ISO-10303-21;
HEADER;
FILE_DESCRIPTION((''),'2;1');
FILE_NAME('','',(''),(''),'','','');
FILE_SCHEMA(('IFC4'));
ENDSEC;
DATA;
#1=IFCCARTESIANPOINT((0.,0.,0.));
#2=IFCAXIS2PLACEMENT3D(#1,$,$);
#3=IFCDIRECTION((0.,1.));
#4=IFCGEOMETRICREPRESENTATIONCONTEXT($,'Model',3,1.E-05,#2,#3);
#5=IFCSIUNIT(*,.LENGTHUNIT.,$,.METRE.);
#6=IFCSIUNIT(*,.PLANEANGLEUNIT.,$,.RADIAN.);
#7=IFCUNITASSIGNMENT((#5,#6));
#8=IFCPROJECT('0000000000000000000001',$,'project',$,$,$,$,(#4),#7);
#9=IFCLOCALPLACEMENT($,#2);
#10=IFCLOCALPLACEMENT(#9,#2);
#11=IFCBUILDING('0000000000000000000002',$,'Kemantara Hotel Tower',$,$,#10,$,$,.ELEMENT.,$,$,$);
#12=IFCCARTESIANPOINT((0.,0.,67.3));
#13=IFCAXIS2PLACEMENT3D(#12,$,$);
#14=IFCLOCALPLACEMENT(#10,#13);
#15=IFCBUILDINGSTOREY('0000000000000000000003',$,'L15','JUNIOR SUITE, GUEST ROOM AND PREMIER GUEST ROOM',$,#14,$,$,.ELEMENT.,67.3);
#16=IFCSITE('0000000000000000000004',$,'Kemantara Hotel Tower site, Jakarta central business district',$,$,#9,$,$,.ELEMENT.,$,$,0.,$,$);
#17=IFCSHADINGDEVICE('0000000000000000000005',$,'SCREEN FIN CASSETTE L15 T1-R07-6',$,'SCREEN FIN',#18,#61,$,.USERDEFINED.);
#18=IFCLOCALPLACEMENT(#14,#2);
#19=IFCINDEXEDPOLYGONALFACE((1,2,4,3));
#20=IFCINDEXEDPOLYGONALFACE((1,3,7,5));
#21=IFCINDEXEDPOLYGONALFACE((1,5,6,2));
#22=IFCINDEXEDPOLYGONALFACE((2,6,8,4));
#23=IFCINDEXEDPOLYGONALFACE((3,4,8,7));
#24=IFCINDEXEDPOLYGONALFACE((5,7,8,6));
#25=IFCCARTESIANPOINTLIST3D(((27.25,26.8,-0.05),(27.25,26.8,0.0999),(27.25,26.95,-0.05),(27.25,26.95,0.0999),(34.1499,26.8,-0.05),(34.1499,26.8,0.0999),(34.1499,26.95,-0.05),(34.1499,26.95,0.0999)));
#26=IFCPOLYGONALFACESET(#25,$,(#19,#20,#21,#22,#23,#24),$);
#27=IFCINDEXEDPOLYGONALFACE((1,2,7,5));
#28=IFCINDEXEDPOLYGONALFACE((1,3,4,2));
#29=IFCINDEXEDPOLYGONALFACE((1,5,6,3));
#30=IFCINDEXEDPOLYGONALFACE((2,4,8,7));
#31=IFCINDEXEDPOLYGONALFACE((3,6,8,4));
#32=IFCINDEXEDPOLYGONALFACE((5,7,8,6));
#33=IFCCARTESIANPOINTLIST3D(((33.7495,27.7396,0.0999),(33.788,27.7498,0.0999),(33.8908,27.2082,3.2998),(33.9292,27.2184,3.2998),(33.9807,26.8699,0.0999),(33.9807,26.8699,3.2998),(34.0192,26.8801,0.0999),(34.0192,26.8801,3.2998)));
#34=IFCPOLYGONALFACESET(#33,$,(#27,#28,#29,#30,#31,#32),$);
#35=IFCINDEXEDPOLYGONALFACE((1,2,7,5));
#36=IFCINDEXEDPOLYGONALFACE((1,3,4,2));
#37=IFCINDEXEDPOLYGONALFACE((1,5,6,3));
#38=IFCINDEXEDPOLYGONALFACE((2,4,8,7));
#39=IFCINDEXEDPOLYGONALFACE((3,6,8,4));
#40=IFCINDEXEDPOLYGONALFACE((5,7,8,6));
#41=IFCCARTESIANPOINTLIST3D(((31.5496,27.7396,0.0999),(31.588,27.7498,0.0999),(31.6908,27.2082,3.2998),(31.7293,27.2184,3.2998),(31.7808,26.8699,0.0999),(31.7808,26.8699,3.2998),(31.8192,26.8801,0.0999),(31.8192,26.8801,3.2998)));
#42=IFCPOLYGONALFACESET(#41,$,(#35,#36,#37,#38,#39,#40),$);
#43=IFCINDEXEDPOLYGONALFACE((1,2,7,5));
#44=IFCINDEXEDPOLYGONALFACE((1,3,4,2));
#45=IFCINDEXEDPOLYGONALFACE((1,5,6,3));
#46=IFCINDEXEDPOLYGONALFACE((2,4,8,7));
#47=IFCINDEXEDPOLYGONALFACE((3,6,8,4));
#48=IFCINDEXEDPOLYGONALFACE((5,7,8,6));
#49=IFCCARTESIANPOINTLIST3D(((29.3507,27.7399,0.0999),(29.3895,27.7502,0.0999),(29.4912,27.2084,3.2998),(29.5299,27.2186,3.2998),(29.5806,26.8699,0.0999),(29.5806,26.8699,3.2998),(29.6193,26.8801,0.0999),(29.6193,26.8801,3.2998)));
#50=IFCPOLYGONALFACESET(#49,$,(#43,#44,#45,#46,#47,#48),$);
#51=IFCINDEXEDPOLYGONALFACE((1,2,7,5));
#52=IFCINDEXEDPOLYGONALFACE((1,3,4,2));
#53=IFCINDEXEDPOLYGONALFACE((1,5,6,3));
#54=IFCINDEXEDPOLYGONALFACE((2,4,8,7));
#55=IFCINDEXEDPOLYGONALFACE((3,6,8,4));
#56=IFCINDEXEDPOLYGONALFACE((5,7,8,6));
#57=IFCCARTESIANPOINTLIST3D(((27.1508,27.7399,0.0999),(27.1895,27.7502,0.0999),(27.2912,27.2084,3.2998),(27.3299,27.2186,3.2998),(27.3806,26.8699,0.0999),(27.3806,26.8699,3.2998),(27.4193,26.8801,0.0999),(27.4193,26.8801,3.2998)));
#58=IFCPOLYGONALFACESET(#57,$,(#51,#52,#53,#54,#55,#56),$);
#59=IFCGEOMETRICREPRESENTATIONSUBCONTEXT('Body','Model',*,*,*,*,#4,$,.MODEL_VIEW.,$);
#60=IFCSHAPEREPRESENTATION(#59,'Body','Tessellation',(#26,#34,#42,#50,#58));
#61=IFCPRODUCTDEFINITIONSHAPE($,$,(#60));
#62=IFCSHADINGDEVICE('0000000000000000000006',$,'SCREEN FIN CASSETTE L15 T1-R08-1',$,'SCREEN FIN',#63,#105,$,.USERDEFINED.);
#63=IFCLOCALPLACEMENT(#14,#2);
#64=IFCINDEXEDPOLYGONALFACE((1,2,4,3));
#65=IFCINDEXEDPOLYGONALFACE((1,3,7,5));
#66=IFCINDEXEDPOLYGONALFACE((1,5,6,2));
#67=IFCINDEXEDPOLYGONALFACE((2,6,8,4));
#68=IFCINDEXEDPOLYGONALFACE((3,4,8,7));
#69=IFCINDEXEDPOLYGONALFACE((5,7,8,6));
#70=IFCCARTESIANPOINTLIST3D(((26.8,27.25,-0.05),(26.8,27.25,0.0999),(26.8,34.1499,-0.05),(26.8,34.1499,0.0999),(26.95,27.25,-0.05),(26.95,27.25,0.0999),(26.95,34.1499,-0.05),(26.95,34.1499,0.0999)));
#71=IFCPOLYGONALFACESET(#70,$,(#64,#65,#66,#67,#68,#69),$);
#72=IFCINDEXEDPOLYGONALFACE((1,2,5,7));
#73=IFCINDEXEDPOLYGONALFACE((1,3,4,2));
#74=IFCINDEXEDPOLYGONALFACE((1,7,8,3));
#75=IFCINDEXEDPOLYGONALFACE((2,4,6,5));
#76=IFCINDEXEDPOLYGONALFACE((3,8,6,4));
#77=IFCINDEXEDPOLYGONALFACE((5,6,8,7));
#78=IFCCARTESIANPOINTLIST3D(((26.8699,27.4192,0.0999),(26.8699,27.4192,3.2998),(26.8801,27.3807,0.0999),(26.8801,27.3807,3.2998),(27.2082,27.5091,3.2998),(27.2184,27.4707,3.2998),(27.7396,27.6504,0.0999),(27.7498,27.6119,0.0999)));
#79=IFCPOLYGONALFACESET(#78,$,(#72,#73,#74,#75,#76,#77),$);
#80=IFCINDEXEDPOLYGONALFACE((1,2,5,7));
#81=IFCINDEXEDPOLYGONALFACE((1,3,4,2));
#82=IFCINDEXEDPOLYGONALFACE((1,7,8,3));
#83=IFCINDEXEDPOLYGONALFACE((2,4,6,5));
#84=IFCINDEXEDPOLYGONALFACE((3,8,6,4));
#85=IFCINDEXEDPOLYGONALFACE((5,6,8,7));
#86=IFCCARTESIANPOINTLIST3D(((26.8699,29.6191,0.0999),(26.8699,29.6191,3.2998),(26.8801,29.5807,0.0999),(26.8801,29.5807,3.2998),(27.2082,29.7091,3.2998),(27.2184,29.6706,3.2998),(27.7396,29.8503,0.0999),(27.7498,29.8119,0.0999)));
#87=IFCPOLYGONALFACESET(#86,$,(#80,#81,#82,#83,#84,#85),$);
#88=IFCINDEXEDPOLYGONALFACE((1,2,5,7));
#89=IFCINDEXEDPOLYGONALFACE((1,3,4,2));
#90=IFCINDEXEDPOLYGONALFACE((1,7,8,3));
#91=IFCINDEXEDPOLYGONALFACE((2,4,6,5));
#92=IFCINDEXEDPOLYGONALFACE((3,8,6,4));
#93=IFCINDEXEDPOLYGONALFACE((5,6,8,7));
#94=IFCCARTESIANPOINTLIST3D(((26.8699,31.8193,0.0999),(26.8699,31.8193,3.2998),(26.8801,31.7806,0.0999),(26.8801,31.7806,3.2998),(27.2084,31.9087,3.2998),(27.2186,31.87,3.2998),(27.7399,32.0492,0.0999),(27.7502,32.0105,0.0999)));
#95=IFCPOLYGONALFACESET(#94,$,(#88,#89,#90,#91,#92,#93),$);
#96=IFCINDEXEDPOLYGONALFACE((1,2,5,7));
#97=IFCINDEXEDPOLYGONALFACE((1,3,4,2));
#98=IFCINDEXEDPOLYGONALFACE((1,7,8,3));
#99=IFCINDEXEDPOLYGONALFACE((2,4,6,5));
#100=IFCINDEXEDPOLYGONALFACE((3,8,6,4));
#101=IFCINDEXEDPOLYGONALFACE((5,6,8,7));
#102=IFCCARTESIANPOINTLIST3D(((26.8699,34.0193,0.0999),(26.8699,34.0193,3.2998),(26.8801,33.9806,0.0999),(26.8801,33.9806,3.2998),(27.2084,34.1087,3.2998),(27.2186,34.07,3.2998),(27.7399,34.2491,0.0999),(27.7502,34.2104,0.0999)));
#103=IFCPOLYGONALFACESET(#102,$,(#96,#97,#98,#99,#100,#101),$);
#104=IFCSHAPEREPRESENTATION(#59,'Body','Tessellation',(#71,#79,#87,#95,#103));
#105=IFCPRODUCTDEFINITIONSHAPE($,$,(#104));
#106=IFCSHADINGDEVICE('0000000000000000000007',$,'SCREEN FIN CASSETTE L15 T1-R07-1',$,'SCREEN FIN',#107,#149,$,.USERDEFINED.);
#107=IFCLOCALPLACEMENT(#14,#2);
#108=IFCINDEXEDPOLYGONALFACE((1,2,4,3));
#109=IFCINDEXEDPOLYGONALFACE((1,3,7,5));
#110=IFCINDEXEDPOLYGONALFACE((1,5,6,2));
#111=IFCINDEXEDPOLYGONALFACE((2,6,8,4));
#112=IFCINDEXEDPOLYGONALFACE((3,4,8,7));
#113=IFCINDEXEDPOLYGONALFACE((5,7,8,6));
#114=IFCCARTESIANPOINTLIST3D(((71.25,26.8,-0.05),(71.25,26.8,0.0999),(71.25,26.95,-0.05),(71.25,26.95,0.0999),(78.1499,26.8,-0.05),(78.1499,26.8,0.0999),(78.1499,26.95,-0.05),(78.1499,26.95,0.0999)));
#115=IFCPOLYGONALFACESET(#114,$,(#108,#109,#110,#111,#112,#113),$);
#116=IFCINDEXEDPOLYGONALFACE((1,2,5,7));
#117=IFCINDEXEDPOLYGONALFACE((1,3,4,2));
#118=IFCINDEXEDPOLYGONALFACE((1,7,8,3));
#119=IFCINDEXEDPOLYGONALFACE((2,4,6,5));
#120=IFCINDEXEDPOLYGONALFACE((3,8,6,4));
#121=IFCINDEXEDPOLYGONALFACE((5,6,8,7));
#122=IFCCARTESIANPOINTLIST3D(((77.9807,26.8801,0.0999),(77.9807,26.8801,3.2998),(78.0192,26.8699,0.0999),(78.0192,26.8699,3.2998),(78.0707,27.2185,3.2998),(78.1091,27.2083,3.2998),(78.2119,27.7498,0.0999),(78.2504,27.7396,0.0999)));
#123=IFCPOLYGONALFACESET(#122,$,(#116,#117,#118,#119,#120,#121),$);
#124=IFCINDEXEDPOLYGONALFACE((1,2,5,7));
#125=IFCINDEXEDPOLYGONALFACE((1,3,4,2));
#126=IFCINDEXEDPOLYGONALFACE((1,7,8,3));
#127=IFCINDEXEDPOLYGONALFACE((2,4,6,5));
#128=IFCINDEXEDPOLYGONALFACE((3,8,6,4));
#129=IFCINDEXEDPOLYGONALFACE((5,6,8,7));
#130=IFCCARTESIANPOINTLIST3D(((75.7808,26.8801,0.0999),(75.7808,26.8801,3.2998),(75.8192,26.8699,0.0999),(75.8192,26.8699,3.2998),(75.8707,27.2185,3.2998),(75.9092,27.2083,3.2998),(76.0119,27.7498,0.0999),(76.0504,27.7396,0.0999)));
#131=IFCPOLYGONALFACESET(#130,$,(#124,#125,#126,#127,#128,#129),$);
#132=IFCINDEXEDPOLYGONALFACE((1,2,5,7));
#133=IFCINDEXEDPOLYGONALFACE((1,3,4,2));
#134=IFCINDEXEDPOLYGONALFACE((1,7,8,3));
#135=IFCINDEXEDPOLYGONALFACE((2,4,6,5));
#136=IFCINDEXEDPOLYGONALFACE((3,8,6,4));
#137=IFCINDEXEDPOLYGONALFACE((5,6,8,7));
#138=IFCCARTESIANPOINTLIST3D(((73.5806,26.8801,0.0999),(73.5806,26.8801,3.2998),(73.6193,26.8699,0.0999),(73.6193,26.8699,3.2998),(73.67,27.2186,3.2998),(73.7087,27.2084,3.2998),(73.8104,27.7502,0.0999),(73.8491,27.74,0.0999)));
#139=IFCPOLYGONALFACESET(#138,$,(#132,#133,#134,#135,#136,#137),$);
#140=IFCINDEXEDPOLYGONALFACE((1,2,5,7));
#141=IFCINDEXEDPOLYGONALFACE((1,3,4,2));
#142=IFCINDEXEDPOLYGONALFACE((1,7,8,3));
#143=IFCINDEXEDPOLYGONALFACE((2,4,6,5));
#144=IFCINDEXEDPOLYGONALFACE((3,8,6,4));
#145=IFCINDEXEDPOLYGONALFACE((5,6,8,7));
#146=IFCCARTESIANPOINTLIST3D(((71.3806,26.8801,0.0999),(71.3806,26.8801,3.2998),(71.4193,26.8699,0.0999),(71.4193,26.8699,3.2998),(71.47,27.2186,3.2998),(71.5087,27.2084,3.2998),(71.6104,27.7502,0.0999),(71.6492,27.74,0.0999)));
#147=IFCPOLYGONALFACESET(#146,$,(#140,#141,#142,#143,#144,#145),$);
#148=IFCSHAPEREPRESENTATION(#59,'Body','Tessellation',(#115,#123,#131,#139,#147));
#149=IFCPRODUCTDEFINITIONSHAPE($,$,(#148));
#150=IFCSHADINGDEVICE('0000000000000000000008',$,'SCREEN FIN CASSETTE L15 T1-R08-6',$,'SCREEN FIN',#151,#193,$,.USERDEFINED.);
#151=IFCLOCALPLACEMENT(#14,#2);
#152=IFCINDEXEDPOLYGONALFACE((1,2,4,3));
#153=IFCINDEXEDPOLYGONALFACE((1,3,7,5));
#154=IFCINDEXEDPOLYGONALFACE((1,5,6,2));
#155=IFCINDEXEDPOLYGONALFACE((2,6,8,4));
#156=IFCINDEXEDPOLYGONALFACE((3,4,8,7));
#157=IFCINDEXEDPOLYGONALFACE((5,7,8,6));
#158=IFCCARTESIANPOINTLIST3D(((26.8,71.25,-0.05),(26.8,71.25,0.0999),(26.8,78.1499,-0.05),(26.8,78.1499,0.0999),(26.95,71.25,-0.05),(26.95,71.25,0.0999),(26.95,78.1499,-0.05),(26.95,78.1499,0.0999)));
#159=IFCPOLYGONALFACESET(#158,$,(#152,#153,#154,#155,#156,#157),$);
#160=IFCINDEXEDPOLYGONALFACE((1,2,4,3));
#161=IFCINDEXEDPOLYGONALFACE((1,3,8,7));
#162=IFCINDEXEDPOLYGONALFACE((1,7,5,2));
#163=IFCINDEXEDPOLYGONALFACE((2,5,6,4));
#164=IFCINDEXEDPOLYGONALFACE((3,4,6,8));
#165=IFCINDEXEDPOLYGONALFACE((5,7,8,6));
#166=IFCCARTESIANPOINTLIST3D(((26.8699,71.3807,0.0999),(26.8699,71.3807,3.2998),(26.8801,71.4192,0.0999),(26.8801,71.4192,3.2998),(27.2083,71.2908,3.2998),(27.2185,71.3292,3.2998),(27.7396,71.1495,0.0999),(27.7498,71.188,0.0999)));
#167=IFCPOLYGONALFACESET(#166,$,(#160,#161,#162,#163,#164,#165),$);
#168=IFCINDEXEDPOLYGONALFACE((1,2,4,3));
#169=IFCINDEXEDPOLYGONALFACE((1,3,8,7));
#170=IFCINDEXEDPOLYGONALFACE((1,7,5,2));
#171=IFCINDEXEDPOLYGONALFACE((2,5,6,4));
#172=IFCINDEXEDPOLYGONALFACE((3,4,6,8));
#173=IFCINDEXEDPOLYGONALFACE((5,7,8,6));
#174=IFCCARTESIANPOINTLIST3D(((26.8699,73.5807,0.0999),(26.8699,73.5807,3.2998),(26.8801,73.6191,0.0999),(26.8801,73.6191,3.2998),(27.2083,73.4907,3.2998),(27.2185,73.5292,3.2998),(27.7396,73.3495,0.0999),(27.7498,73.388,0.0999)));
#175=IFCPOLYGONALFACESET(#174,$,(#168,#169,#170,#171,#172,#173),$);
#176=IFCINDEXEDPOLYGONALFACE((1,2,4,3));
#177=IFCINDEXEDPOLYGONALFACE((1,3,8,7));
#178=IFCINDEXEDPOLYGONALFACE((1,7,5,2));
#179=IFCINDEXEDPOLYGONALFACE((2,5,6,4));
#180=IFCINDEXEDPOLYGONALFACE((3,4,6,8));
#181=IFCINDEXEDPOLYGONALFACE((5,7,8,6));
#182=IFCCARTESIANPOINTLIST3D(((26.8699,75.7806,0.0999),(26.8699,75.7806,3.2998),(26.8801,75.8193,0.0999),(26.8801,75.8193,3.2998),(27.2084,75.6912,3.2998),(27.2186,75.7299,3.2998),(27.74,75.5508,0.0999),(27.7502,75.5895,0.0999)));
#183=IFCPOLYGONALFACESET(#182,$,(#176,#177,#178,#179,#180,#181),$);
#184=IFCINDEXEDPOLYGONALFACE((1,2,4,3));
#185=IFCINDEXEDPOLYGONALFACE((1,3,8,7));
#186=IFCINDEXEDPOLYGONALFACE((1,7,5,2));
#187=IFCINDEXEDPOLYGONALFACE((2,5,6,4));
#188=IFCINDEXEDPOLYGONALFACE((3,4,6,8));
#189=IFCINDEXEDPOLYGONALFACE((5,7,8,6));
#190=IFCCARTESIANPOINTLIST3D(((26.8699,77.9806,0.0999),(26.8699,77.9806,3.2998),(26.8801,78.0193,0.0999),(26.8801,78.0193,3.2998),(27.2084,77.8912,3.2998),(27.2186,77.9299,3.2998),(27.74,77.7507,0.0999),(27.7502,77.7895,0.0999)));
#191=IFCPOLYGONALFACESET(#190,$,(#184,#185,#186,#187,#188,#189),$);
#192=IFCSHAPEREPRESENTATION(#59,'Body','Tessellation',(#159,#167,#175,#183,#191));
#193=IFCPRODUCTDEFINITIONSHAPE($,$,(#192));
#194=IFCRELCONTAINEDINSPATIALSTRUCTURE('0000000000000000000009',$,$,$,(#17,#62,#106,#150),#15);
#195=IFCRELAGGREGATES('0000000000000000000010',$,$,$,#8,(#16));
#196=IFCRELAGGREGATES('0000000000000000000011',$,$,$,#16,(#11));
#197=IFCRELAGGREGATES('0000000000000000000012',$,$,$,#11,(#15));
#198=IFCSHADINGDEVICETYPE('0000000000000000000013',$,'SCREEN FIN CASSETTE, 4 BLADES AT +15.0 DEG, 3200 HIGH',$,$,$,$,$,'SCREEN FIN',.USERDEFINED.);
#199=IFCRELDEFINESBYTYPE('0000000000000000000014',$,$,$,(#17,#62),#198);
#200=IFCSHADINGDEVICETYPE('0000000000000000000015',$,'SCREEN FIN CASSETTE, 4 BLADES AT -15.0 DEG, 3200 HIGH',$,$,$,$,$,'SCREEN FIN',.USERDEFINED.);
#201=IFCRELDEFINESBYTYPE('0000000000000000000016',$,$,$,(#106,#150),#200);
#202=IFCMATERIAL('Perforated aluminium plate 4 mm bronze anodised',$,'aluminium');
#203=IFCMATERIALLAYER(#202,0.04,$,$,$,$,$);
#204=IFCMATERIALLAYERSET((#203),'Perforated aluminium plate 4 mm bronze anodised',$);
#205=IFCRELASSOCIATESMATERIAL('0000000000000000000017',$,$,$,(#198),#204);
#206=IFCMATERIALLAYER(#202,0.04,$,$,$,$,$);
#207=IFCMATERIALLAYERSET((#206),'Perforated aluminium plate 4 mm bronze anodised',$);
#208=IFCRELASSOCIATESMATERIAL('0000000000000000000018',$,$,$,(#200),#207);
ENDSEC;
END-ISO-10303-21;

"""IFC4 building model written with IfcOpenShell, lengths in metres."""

from ifc_helpers import new_model, si_unit, direction, frame, origin, origin_2d, place, context, subcontext, project, spatial, polyline, rectangle, outline, extrude, source, transform, mapped, material, layer, layer_set, type_object, element, save


model = new_model("IFC4")

# Units and contexts
model_context = context("Model", 3, precision=1e-05, world=origin(), true_north=direction((0.0, 1.0)))
body_context = subcontext(model_context, "Body", "Model", "MODEL_VIEW")
ifc_project = project(units=[si_unit("LENGTHUNIT", "METRE"), si_unit("PLANEANGLEUNIT", "RADIAN")], contexts=[model_context])

# Site, building, storey
site_placement = place(None, origin())
site = spatial("IfcSite", under=ifc_project, at=site_placement, Name="Kemantara Hotel Tower site, Jakarta central business district", CompositionType="ELEMENT", RefElevation=0.0)
building_placement = place(site_placement, origin())
building = spatial("IfcBuilding", under=site, at=building_placement, Name="Kemantara Hotel Tower", CompositionType="ELEMENT")
storey_placement = place(building_placement, frame((0.0, 0.0, 67.3)))
storey = spatial("IfcBuildingStorey", under=building, at=storey_placement, Name="L15", Description="JUNIOR SUITE, GUEST ROOM AND PREMIER GUEST ROOM", CompositionType="ELEMENT", Elevation=67.3)

# Shading devices
ifc_material_1 = material(Name="Perforated aluminium plate 4 mm bronze anodised", Category="aluminium")
ifc_layer_1 = layer(ifc_material_1, 0.04)
ifc_layer_set_1 = layer_set([ifc_layer_1], Name="Perforated aluminium plate 4 mm bronze anodised")
shading_device_type_1 = type_object("IfcShadingDeviceType", Name="SCREEN FIN CASSETTE, 4 BLADES AT +15.0 DEG, 3200 HIGH", ElementType="SCREEN FIN", PredefinedType="USERDEFINED", material=ifc_layer_set_1)
shared_shape_1 = source(origin(), body_context, "Body", "SweptSolid", [
    extrude(rectangle(XDim=6.8999, YDim=0.1499, at=origin_2d()), frame((3.3, -0.075, -0.1499), z_axis=(0.0, 0.0, 1.0), x_axis=(1.0, 0.0, 0.0)), (0.0, 0.0, 1.0), 0.1499),
    extrude(outline(polyline([(0.0, 0.0), (0.8999, 0.0), (0.3501, 3.2), (0.0, 3.2), (0.0, 0.0)])), frame((0.0193, -0.0698, 0.0), z_axis=(-0.966438, -0.256901, 0.0), x_axis=(0.256901, -0.966438, 0.0)), (0.0, 0.0, 1.0), 0.0398),
    extrude(outline(polyline([(0.0, 0.0), (0.8999, 0.0), (0.3501, 3.2), (0.0, 3.2), (0.0, 0.0)])), frame((2.2192, -0.0698, 0.0), z_axis=(-0.966438, -0.256901, 0.0), x_axis=(0.256901, -0.966438, 0.0)), (0.0, 0.0, 1.0), 0.0398),
    extrude(outline(polyline([(0.0, 0.0), (0.8999, 0.0), (0.3501, 3.2), (0.0, 3.2), (0.0, 0.0)])), frame((4.4194, -0.0698, 0.0), z_axis=(-0.966838, -0.255391, 0.0), x_axis=(0.255391, -0.966838, 0.0)), (0.0, 0.0, 1.0), 0.04),
    extrude(outline(polyline([(0.0, 0.0), (0.8999, 0.0), (0.3501, 3.2), (0.0, 3.2), (0.0, 0.0)])), frame((6.6194, -0.0698, 0.0), z_axis=(-0.966838, -0.255391, 0.0), x_axis=(0.255391, -0.966838, 0.0)), (0.0, 0.0, 1.0), 0.04),
])
for number, where, z_axis, x_axis, name in (
    (1, (34.0, 26.8, 0.0999), (0.0, 0.0, 1.0), (-1.0, 0.0, 0.0), "SCREEN FIN CASSETTE L15 T1-R07-6"),
    (2, (26.8, 27.3999, 0.0999), (0.0, 0.0, 1.0), (0.0, 1.0, 0.0), "SCREEN FIN CASSETTE L15 T1-R08-1"),
):
    element("IfcShadingDevice", number, at=place(storey_placement, frame(where, z_axis=z_axis, x_axis=x_axis)), inside=storey, type_object=shading_device_type_1, Name=name, ObjectType="SCREEN FIN", PredefinedType="USERDEFINED", context=body_context, shape_type="MappedRepresentation", body=[
        mapped(shared_shape_1, transform((0.0, 0.0, 0.0))),
    ])
ifc_layer_2 = layer(ifc_material_1, 0.04)
ifc_layer_set_2 = layer_set([ifc_layer_2], Name="Perforated aluminium plate 4 mm bronze anodised")
shading_device_type_2 = type_object("IfcShadingDeviceType", Name="SCREEN FIN CASSETTE, 4 BLADES AT -15.0 DEG, 3200 HIGH", ElementType="SCREEN FIN", PredefinedType="USERDEFINED", material=ifc_layer_set_2)
shared_shape_2 = source(origin(), body_context, "Body", "SweptSolid", [
    extrude(rectangle(XDim=6.8999, YDim=0.1499, at=origin_2d()), frame((3.3, -0.075, -0.1499), z_axis=(0.0, 0.0, 1.0), x_axis=(1.0, 0.0, 0.0)), (0.0, 0.0, 1.0), 0.1499),
    extrude(outline(polyline([(0.0, 0.0), (0.8999, 0.0), (0.3501, 3.2), (0.0, 3.2), (0.0, 0.0)])), frame((0.0193, -0.0801, 0.0), z_axis=(-0.966438, 0.256901, 0.0), x_axis=(-0.256901, -0.966438, 0.0)), (0.0, 0.0, 1.0), 0.0398),
    extrude(outline(polyline([(0.0, 0.0), (0.8999, 0.0), (0.3501, 3.2), (0.0, 3.2), (0.0, 0.0)])), frame((2.2192, -0.0801, 0.0), z_axis=(-0.966438, 0.256901, 0.0), x_axis=(-0.256901, -0.966438, 0.0)), (0.0, 0.0, 1.0), 0.0398),
    extrude(outline(polyline([(0.0, 0.0), (0.8999, 0.0), (0.3501, 3.2), (0.0, 3.2), (0.0, 0.0)])), frame((4.4194, -0.0801, 0.0), z_axis=(-0.966838, 0.255391, 0.0), x_axis=(-0.255391, -0.966838, 0.0)), (0.0, 0.0, 1.0), 0.04),
    extrude(outline(polyline([(0.0, 0.0), (0.8999, 0.0), (0.3501, 3.2), (0.0, 3.2), (0.0, 0.0)])), frame((6.6194, -0.0801, 0.0), z_axis=(-0.966838, 0.255391, 0.0), x_axis=(-0.255391, -0.966838, 0.0)), (0.0, 0.0, 1.0), 0.04),
])
for number, where, z_axis, x_axis, name in (
    (3, (78.0, 26.8, 0.0999), (0.0, 0.0, 1.0), (-1.0, 0.0, 0.0), "SCREEN FIN CASSETTE L15 T1-R07-1"),
    (4, (26.8, 71.3999, 0.0999), (0.0, 0.0, 1.0), (0.0, 1.0, 0.0), "SCREEN FIN CASSETTE L15 T1-R08-6"),
):
    element("IfcShadingDevice", number, at=place(storey_placement, frame(where, z_axis=z_axis, x_axis=x_axis)), inside=storey, type_object=shading_device_type_2, Name=name, ObjectType="SCREEN FIN", PredefinedType="USERDEFINED", context=body_context, shape_type="MappedRepresentation", body=[
        mapped(shared_shape_2, transform((0.0, 0.0, 0.0))),
    ])

save(model, "model.ifc")
